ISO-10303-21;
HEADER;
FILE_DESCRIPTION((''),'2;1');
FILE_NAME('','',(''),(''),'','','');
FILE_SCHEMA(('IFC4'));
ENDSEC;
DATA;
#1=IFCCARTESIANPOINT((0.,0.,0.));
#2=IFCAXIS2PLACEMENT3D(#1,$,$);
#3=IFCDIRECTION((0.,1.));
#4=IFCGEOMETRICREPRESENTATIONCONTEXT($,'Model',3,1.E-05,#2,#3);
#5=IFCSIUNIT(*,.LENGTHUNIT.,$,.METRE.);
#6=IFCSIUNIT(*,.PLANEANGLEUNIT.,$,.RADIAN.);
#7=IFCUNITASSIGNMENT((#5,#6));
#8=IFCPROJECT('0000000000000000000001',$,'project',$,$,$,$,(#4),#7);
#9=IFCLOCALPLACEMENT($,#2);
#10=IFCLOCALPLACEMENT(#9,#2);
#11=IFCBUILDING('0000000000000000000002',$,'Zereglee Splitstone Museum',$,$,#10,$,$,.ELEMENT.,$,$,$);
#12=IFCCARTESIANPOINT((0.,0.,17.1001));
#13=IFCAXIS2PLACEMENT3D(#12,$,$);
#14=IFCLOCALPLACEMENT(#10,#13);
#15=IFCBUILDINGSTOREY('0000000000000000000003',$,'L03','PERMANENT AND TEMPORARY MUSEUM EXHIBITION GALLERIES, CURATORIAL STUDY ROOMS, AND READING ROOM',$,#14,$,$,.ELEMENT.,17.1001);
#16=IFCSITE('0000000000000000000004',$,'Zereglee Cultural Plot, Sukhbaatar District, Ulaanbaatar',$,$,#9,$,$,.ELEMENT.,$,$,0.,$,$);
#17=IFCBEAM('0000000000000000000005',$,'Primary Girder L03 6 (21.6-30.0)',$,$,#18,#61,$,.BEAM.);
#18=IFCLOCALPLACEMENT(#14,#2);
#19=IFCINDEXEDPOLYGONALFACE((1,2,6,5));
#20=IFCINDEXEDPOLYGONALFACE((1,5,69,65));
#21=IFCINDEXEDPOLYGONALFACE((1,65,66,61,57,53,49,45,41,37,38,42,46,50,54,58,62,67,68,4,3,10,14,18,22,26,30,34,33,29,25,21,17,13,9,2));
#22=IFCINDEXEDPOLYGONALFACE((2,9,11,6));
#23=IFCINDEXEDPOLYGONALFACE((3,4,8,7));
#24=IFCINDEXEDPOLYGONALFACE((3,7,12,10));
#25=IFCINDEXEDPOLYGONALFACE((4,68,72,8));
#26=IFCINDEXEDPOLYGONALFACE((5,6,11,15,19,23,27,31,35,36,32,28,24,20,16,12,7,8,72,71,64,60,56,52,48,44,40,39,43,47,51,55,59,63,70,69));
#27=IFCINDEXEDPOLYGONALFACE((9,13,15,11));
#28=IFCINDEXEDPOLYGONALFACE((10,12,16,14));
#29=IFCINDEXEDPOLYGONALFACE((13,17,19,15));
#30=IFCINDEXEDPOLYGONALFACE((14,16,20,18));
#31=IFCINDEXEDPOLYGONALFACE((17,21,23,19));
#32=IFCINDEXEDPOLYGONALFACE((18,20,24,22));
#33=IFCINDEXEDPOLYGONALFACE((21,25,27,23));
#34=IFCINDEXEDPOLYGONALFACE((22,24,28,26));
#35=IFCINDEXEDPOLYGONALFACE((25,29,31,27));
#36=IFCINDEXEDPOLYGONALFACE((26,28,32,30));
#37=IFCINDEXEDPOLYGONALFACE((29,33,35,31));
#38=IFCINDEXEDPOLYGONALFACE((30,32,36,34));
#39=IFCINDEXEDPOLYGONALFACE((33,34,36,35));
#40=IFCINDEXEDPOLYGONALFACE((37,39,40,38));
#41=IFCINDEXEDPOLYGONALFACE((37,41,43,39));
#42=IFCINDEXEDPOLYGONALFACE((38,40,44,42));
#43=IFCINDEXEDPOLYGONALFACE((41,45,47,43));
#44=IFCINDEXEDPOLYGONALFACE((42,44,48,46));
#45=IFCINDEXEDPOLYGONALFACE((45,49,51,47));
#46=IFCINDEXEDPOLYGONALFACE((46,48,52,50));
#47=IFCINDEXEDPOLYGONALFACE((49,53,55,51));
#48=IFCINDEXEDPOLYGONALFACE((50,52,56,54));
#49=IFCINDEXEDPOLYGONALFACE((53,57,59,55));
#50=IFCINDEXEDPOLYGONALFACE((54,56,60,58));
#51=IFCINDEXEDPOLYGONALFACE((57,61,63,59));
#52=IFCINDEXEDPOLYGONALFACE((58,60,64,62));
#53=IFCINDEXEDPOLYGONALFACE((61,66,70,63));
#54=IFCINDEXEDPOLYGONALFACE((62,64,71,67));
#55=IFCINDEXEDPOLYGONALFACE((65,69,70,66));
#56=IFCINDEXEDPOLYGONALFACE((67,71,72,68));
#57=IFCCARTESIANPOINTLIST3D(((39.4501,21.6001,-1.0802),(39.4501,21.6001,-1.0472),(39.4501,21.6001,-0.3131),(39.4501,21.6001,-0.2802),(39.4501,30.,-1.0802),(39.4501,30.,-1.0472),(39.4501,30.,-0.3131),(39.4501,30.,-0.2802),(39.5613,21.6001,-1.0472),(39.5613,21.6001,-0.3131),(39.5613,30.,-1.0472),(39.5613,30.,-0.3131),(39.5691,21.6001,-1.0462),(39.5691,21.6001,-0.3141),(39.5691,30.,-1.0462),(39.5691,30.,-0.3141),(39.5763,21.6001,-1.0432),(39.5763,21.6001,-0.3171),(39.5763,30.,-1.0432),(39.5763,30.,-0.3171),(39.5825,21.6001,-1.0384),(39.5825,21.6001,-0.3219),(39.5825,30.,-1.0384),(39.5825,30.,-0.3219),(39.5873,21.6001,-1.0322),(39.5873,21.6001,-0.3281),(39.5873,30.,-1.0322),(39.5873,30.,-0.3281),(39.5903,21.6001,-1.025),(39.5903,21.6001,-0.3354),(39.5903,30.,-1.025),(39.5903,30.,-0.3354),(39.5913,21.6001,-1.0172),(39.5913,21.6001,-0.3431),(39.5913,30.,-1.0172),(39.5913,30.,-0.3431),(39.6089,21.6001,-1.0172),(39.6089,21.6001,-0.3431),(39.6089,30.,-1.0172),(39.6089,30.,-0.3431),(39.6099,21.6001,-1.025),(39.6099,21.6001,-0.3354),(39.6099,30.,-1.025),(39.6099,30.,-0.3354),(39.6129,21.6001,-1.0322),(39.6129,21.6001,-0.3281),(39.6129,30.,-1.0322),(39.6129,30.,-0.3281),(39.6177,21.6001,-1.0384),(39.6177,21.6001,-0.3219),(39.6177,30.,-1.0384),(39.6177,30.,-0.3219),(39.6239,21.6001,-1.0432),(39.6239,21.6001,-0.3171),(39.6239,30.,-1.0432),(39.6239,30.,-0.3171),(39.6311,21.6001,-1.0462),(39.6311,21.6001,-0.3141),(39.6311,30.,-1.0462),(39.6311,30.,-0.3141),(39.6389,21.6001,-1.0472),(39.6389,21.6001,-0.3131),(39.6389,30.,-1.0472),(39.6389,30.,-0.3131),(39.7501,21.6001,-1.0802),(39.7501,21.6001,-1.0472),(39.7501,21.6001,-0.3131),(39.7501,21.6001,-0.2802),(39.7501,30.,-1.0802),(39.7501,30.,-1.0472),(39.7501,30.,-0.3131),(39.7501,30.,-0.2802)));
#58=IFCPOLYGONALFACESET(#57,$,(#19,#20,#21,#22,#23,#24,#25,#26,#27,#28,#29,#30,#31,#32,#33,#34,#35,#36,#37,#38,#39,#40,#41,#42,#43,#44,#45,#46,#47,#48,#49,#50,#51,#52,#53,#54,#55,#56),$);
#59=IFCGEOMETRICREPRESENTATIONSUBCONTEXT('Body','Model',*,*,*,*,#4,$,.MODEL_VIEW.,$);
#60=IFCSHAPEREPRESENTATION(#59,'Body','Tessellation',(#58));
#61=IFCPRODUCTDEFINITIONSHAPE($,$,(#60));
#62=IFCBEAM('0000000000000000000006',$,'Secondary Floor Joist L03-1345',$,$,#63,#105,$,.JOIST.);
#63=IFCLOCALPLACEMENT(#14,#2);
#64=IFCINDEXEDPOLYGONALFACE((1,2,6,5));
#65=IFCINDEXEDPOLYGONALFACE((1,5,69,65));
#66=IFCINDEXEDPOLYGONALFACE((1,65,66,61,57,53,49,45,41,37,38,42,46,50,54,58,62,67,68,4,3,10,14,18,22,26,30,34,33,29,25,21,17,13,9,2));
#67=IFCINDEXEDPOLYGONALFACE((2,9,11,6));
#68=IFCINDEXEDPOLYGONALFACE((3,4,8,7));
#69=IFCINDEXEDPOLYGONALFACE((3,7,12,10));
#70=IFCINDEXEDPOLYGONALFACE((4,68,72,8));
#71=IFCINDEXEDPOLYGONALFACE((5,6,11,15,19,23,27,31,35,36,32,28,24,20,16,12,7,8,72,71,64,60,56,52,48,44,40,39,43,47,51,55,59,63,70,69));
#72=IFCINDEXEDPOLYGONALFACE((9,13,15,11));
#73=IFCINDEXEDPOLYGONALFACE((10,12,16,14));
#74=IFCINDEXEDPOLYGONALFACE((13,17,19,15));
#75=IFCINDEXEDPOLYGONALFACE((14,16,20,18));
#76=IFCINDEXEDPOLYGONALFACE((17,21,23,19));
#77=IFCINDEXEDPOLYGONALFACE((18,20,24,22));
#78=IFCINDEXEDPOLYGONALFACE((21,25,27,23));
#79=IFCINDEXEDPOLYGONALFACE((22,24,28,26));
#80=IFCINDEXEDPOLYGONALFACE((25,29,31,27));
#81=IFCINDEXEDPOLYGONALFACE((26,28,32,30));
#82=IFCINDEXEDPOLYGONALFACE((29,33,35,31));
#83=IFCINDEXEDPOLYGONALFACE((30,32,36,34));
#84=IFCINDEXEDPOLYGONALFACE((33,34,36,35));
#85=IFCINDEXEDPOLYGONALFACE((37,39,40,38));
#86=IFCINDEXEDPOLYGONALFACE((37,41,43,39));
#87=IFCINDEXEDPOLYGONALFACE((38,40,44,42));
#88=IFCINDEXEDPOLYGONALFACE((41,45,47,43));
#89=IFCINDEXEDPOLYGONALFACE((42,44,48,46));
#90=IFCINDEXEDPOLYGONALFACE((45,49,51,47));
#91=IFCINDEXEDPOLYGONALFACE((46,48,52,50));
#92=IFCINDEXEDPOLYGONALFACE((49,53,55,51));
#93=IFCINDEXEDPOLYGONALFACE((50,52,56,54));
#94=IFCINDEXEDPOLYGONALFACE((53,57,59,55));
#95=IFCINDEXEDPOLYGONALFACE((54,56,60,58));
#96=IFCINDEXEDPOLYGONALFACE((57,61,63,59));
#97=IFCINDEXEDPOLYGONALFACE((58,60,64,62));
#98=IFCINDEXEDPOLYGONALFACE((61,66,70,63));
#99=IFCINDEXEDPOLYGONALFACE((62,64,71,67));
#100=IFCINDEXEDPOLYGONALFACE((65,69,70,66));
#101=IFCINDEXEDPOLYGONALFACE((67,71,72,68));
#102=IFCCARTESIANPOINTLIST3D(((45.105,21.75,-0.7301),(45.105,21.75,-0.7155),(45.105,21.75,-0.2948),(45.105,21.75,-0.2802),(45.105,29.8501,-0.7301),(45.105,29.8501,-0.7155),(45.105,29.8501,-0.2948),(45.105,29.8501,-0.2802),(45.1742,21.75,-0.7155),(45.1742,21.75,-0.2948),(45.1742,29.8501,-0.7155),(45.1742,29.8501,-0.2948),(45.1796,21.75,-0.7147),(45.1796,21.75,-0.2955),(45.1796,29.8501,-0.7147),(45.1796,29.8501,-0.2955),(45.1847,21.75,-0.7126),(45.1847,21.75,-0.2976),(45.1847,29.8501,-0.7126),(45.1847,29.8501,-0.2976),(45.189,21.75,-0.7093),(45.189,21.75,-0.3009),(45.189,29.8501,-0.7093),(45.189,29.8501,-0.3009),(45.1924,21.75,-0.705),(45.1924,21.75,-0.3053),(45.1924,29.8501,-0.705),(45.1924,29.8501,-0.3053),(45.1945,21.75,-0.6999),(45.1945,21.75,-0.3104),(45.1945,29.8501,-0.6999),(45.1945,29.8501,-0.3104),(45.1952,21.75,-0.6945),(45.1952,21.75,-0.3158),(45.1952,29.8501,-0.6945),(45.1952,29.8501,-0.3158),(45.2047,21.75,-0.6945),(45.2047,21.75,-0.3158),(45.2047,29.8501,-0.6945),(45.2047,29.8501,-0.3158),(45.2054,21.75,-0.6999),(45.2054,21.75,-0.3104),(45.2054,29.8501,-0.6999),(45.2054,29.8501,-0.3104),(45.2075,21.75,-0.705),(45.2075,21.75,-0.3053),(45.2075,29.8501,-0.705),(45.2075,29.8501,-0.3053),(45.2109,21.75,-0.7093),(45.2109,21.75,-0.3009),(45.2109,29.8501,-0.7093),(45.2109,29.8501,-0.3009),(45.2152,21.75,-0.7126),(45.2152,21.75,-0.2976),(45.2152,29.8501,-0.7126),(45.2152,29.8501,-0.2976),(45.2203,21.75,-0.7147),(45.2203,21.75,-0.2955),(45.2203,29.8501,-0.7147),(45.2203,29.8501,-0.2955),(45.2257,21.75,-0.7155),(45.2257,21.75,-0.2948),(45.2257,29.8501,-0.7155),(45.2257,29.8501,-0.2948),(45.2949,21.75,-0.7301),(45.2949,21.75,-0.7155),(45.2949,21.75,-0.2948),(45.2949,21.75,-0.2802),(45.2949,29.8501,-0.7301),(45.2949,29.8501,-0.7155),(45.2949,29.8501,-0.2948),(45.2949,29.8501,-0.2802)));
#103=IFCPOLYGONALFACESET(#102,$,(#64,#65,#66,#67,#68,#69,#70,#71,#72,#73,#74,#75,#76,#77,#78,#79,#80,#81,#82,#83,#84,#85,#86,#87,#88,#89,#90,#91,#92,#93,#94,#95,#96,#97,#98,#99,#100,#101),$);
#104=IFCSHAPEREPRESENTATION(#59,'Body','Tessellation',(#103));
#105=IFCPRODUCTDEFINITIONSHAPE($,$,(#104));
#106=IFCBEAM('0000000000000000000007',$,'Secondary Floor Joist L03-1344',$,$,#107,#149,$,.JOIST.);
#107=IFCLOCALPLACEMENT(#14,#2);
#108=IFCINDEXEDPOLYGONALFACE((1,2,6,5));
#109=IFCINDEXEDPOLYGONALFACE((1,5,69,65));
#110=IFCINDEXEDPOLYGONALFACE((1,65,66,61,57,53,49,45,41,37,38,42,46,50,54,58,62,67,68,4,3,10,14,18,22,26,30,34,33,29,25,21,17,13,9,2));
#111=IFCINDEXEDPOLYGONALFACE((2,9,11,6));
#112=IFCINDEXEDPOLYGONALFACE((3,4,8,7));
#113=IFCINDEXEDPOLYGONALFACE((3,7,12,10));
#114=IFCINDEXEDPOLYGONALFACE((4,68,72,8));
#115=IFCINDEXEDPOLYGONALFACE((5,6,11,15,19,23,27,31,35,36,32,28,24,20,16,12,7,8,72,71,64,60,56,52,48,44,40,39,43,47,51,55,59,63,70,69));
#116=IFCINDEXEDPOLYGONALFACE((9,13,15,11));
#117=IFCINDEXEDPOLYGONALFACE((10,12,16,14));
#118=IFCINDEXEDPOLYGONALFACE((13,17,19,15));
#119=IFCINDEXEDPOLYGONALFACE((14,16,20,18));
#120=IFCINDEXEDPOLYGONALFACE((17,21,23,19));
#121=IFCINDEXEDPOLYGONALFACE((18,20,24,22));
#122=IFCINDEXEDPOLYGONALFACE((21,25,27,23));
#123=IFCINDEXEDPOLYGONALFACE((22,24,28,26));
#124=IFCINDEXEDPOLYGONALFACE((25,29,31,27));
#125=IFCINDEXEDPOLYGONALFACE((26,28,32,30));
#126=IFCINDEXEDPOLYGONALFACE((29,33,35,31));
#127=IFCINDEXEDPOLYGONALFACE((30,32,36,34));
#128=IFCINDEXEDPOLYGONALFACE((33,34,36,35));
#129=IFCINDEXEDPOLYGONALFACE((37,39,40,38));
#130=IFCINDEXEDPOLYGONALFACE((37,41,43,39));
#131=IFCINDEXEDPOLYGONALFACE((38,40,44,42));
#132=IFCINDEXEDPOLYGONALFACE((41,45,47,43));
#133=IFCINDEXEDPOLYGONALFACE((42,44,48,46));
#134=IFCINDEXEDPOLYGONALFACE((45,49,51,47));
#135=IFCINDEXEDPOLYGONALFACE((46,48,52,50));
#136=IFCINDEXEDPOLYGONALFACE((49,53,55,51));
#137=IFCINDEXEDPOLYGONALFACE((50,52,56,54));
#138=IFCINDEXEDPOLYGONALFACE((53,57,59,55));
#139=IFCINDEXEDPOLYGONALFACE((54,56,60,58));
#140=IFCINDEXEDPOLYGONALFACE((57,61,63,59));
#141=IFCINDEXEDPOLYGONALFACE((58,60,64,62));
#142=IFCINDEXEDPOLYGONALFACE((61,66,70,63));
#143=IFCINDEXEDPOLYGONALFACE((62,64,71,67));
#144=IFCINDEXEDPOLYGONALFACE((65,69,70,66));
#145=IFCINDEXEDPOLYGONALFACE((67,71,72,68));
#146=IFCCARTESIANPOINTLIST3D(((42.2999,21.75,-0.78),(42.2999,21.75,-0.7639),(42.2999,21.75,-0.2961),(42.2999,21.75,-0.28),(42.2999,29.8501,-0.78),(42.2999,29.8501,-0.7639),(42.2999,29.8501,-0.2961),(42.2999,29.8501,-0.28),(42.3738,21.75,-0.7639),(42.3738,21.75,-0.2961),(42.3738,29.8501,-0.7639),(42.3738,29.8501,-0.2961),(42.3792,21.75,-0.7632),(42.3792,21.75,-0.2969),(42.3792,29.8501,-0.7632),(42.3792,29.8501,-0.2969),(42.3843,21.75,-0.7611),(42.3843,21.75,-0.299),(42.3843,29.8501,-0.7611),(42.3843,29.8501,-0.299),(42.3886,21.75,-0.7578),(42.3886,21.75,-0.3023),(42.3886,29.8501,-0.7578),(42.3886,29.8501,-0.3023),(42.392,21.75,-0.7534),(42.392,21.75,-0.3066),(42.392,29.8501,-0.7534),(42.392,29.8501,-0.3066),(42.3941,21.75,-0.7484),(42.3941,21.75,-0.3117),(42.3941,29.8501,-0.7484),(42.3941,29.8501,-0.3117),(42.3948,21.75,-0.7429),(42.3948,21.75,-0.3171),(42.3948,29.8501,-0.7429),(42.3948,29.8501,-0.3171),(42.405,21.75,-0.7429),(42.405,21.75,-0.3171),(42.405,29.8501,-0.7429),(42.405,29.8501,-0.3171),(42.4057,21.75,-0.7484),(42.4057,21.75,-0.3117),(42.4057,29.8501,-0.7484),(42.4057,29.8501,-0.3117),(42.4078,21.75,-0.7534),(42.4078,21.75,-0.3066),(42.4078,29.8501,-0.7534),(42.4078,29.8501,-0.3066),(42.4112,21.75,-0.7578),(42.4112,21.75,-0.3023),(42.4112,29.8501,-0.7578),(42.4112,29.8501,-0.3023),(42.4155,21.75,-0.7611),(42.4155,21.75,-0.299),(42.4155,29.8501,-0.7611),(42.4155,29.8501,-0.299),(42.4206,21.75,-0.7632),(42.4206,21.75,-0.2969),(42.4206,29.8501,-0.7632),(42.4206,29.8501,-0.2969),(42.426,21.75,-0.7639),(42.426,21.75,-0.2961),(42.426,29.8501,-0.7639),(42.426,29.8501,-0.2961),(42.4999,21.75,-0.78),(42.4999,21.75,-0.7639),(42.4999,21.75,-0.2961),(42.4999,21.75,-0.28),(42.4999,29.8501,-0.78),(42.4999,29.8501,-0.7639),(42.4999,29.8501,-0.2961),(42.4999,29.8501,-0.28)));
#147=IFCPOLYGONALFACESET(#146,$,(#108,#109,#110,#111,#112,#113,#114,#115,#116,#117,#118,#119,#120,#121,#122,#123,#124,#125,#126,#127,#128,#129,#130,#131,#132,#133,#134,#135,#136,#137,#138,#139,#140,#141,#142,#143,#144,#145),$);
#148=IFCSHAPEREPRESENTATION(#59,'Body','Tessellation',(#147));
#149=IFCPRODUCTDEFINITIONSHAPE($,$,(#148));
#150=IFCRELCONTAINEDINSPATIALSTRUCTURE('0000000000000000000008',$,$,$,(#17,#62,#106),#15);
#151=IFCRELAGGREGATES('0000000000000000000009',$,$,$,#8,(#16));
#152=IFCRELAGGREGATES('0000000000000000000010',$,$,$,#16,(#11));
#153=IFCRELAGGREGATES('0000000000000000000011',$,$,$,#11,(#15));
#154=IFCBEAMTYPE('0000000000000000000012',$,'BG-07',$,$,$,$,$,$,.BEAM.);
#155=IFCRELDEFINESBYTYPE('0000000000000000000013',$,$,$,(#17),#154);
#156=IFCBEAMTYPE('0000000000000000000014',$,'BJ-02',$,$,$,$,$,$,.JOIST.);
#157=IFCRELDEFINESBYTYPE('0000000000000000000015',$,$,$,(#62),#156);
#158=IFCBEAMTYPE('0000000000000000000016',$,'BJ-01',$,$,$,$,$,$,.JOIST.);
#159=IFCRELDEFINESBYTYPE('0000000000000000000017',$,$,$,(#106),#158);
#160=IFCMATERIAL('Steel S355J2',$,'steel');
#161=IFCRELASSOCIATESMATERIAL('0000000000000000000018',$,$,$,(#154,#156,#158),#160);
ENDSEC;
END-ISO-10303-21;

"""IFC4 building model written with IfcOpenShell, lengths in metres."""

from ifc_helpers import new_model, si_unit, direction, frame, origin, origin_2d, place, context, subcontext, project, spatial, i_section, extrude, material, material_profile, profile_set, type_object, element, save


model = new_model("IFC4")

# Units and contexts
model_context = context("Model", 3, precision=1e-05, world=origin(), true_north=direction((0.0, 1.0)))
body_context = subcontext(model_context, "Body", "Model", "MODEL_VIEW")
ifc_project = project(units=[si_unit("LENGTHUNIT", "METRE"), si_unit("PLANEANGLEUNIT", "RADIAN")], contexts=[model_context])

# Site, building, storey
site_placement = place(None, origin())
site = spatial("IfcSite", under=ifc_project, at=site_placement, Name="Zereglee Cultural Plot, Sukhbaatar District, Ulaanbaatar", CompositionType="ELEMENT", RefElevation=0.0)
building_placement = place(site_placement, origin())
building = spatial("IfcBuilding", under=site, at=building_placement, Name="Zereglee Splitstone Museum", CompositionType="ELEMENT")
storey_placement = place(building_placement, frame((0.0, 0.0, 17.1001)))
storey = spatial("IfcBuildingStorey", under=building, at=storey_placement, Name="L03", Description="PERMANENT AND TEMPORARY MUSEUM EXHIBITION GALLERIES, CURATORIAL STUDY ROOMS, AND READING ROOM", CompositionType="ELEMENT", Elevation=17.1001)

# Shared definitions
ifc_material_1 = material(Name="Steel S355J2", Category="steel")

# Beams
ifc_material_profile_1 = material_profile(ifc_material_1, i_section(OverallWidth=0.3, OverallDepth=0.8, WebThickness=0.0176, FlangeThickness=0.033, FilletRadius=0.03, at=origin_2d()), Name="HE 800 B")
ifc_profile_set_1 = profile_set([ifc_material_profile_1], Name="Steel S355J2")
beam_type_1 = type_object("IfcBeamType", Name="BG-07", PredefinedType="BEAM", material=ifc_profile_set_1)
beam_1_placement = place(storey_placement, frame((39.6001, 21.6001, -0.6802), z_axis=(0.0, 1.0, 0.0), x_axis=(-1.0, 0.0, 0.0)))
element("IfcBeam", 1, at=beam_1_placement, inside=storey, type_object=beam_type_1, Name="Primary Girder L03 6 (21.6-30.0)", PredefinedType="BEAM", context=body_context, shape_type="SweptSolid", body=[
    extrude(i_section(OverallWidth=0.3, OverallDepth=0.8, WebThickness=0.0176, FlangeThickness=0.033, FilletRadius=0.03, at=origin_2d()), origin(), (0.0, 0.0, 1.0), 8.3999),
])
ifc_material_profile_2 = material_profile(ifc_material_1, i_section(OverallWidth=0.1899, OverallDepth=0.45, WebThickness=0.0095, FlangeThickness=0.0146, FilletRadius=0.021, at=origin_2d()), Name="IPE 450")
ifc_profile_set_2 = profile_set([ifc_material_profile_2], Name="Steel S355J2")
beam_type_2 = type_object("IfcBeamType", Name="BJ-02", PredefinedType="JOIST", material=ifc_profile_set_2)
beam_2_placement = place(storey_placement, frame((45.2, 21.75, -0.5051), z_axis=(0.0, 1.0, 0.0), x_axis=(-1.0, 0.0, 0.0)))
element("IfcBeam", 2, at=beam_2_placement, inside=storey, type_object=beam_type_2, Name="Secondary Floor Joist L03-1345", PredefinedType="JOIST", context=body_context, shape_type="SweptSolid", body=[
    extrude(i_section(OverallWidth=0.1899, OverallDepth=0.45, WebThickness=0.0095, FlangeThickness=0.0146, FilletRadius=0.021, at=origin_2d()), origin(), (0.0, 0.0, 1.0), 8.1001),
])
ifc_material_profile_3 = material_profile(ifc_material_1, i_section(OverallWidth=0.2, OverallDepth=0.5, WebThickness=0.0103, FlangeThickness=0.0161, FilletRadius=0.021, at=origin_2d()), Name="IPE 500")
ifc_profile_set_3 = profile_set([ifc_material_profile_3], Name="Steel S355J2")
beam_type_3 = type_object("IfcBeamType", Name="BJ-01", PredefinedType="JOIST", material=ifc_profile_set_3)
beam_3_placement = place(storey_placement, frame((42.3999, 21.75, -0.53), z_axis=(0.0, 1.0, 0.0), x_axis=(-1.0, 0.0, 0.0)))
element("IfcBeam", 3, at=beam_3_placement, inside=storey, type_object=beam_type_3, Name="Secondary Floor Joist L03-1344", PredefinedType="JOIST", context=body_context, shape_type="SweptSolid", body=[
    extrude(i_section(OverallWidth=0.2, OverallDepth=0.5, WebThickness=0.0103, FlangeThickness=0.0161, FilletRadius=0.021, at=origin_2d()), origin(), (0.0, 0.0, 1.0), 8.1001),
])

save(model, "model.ifc")
